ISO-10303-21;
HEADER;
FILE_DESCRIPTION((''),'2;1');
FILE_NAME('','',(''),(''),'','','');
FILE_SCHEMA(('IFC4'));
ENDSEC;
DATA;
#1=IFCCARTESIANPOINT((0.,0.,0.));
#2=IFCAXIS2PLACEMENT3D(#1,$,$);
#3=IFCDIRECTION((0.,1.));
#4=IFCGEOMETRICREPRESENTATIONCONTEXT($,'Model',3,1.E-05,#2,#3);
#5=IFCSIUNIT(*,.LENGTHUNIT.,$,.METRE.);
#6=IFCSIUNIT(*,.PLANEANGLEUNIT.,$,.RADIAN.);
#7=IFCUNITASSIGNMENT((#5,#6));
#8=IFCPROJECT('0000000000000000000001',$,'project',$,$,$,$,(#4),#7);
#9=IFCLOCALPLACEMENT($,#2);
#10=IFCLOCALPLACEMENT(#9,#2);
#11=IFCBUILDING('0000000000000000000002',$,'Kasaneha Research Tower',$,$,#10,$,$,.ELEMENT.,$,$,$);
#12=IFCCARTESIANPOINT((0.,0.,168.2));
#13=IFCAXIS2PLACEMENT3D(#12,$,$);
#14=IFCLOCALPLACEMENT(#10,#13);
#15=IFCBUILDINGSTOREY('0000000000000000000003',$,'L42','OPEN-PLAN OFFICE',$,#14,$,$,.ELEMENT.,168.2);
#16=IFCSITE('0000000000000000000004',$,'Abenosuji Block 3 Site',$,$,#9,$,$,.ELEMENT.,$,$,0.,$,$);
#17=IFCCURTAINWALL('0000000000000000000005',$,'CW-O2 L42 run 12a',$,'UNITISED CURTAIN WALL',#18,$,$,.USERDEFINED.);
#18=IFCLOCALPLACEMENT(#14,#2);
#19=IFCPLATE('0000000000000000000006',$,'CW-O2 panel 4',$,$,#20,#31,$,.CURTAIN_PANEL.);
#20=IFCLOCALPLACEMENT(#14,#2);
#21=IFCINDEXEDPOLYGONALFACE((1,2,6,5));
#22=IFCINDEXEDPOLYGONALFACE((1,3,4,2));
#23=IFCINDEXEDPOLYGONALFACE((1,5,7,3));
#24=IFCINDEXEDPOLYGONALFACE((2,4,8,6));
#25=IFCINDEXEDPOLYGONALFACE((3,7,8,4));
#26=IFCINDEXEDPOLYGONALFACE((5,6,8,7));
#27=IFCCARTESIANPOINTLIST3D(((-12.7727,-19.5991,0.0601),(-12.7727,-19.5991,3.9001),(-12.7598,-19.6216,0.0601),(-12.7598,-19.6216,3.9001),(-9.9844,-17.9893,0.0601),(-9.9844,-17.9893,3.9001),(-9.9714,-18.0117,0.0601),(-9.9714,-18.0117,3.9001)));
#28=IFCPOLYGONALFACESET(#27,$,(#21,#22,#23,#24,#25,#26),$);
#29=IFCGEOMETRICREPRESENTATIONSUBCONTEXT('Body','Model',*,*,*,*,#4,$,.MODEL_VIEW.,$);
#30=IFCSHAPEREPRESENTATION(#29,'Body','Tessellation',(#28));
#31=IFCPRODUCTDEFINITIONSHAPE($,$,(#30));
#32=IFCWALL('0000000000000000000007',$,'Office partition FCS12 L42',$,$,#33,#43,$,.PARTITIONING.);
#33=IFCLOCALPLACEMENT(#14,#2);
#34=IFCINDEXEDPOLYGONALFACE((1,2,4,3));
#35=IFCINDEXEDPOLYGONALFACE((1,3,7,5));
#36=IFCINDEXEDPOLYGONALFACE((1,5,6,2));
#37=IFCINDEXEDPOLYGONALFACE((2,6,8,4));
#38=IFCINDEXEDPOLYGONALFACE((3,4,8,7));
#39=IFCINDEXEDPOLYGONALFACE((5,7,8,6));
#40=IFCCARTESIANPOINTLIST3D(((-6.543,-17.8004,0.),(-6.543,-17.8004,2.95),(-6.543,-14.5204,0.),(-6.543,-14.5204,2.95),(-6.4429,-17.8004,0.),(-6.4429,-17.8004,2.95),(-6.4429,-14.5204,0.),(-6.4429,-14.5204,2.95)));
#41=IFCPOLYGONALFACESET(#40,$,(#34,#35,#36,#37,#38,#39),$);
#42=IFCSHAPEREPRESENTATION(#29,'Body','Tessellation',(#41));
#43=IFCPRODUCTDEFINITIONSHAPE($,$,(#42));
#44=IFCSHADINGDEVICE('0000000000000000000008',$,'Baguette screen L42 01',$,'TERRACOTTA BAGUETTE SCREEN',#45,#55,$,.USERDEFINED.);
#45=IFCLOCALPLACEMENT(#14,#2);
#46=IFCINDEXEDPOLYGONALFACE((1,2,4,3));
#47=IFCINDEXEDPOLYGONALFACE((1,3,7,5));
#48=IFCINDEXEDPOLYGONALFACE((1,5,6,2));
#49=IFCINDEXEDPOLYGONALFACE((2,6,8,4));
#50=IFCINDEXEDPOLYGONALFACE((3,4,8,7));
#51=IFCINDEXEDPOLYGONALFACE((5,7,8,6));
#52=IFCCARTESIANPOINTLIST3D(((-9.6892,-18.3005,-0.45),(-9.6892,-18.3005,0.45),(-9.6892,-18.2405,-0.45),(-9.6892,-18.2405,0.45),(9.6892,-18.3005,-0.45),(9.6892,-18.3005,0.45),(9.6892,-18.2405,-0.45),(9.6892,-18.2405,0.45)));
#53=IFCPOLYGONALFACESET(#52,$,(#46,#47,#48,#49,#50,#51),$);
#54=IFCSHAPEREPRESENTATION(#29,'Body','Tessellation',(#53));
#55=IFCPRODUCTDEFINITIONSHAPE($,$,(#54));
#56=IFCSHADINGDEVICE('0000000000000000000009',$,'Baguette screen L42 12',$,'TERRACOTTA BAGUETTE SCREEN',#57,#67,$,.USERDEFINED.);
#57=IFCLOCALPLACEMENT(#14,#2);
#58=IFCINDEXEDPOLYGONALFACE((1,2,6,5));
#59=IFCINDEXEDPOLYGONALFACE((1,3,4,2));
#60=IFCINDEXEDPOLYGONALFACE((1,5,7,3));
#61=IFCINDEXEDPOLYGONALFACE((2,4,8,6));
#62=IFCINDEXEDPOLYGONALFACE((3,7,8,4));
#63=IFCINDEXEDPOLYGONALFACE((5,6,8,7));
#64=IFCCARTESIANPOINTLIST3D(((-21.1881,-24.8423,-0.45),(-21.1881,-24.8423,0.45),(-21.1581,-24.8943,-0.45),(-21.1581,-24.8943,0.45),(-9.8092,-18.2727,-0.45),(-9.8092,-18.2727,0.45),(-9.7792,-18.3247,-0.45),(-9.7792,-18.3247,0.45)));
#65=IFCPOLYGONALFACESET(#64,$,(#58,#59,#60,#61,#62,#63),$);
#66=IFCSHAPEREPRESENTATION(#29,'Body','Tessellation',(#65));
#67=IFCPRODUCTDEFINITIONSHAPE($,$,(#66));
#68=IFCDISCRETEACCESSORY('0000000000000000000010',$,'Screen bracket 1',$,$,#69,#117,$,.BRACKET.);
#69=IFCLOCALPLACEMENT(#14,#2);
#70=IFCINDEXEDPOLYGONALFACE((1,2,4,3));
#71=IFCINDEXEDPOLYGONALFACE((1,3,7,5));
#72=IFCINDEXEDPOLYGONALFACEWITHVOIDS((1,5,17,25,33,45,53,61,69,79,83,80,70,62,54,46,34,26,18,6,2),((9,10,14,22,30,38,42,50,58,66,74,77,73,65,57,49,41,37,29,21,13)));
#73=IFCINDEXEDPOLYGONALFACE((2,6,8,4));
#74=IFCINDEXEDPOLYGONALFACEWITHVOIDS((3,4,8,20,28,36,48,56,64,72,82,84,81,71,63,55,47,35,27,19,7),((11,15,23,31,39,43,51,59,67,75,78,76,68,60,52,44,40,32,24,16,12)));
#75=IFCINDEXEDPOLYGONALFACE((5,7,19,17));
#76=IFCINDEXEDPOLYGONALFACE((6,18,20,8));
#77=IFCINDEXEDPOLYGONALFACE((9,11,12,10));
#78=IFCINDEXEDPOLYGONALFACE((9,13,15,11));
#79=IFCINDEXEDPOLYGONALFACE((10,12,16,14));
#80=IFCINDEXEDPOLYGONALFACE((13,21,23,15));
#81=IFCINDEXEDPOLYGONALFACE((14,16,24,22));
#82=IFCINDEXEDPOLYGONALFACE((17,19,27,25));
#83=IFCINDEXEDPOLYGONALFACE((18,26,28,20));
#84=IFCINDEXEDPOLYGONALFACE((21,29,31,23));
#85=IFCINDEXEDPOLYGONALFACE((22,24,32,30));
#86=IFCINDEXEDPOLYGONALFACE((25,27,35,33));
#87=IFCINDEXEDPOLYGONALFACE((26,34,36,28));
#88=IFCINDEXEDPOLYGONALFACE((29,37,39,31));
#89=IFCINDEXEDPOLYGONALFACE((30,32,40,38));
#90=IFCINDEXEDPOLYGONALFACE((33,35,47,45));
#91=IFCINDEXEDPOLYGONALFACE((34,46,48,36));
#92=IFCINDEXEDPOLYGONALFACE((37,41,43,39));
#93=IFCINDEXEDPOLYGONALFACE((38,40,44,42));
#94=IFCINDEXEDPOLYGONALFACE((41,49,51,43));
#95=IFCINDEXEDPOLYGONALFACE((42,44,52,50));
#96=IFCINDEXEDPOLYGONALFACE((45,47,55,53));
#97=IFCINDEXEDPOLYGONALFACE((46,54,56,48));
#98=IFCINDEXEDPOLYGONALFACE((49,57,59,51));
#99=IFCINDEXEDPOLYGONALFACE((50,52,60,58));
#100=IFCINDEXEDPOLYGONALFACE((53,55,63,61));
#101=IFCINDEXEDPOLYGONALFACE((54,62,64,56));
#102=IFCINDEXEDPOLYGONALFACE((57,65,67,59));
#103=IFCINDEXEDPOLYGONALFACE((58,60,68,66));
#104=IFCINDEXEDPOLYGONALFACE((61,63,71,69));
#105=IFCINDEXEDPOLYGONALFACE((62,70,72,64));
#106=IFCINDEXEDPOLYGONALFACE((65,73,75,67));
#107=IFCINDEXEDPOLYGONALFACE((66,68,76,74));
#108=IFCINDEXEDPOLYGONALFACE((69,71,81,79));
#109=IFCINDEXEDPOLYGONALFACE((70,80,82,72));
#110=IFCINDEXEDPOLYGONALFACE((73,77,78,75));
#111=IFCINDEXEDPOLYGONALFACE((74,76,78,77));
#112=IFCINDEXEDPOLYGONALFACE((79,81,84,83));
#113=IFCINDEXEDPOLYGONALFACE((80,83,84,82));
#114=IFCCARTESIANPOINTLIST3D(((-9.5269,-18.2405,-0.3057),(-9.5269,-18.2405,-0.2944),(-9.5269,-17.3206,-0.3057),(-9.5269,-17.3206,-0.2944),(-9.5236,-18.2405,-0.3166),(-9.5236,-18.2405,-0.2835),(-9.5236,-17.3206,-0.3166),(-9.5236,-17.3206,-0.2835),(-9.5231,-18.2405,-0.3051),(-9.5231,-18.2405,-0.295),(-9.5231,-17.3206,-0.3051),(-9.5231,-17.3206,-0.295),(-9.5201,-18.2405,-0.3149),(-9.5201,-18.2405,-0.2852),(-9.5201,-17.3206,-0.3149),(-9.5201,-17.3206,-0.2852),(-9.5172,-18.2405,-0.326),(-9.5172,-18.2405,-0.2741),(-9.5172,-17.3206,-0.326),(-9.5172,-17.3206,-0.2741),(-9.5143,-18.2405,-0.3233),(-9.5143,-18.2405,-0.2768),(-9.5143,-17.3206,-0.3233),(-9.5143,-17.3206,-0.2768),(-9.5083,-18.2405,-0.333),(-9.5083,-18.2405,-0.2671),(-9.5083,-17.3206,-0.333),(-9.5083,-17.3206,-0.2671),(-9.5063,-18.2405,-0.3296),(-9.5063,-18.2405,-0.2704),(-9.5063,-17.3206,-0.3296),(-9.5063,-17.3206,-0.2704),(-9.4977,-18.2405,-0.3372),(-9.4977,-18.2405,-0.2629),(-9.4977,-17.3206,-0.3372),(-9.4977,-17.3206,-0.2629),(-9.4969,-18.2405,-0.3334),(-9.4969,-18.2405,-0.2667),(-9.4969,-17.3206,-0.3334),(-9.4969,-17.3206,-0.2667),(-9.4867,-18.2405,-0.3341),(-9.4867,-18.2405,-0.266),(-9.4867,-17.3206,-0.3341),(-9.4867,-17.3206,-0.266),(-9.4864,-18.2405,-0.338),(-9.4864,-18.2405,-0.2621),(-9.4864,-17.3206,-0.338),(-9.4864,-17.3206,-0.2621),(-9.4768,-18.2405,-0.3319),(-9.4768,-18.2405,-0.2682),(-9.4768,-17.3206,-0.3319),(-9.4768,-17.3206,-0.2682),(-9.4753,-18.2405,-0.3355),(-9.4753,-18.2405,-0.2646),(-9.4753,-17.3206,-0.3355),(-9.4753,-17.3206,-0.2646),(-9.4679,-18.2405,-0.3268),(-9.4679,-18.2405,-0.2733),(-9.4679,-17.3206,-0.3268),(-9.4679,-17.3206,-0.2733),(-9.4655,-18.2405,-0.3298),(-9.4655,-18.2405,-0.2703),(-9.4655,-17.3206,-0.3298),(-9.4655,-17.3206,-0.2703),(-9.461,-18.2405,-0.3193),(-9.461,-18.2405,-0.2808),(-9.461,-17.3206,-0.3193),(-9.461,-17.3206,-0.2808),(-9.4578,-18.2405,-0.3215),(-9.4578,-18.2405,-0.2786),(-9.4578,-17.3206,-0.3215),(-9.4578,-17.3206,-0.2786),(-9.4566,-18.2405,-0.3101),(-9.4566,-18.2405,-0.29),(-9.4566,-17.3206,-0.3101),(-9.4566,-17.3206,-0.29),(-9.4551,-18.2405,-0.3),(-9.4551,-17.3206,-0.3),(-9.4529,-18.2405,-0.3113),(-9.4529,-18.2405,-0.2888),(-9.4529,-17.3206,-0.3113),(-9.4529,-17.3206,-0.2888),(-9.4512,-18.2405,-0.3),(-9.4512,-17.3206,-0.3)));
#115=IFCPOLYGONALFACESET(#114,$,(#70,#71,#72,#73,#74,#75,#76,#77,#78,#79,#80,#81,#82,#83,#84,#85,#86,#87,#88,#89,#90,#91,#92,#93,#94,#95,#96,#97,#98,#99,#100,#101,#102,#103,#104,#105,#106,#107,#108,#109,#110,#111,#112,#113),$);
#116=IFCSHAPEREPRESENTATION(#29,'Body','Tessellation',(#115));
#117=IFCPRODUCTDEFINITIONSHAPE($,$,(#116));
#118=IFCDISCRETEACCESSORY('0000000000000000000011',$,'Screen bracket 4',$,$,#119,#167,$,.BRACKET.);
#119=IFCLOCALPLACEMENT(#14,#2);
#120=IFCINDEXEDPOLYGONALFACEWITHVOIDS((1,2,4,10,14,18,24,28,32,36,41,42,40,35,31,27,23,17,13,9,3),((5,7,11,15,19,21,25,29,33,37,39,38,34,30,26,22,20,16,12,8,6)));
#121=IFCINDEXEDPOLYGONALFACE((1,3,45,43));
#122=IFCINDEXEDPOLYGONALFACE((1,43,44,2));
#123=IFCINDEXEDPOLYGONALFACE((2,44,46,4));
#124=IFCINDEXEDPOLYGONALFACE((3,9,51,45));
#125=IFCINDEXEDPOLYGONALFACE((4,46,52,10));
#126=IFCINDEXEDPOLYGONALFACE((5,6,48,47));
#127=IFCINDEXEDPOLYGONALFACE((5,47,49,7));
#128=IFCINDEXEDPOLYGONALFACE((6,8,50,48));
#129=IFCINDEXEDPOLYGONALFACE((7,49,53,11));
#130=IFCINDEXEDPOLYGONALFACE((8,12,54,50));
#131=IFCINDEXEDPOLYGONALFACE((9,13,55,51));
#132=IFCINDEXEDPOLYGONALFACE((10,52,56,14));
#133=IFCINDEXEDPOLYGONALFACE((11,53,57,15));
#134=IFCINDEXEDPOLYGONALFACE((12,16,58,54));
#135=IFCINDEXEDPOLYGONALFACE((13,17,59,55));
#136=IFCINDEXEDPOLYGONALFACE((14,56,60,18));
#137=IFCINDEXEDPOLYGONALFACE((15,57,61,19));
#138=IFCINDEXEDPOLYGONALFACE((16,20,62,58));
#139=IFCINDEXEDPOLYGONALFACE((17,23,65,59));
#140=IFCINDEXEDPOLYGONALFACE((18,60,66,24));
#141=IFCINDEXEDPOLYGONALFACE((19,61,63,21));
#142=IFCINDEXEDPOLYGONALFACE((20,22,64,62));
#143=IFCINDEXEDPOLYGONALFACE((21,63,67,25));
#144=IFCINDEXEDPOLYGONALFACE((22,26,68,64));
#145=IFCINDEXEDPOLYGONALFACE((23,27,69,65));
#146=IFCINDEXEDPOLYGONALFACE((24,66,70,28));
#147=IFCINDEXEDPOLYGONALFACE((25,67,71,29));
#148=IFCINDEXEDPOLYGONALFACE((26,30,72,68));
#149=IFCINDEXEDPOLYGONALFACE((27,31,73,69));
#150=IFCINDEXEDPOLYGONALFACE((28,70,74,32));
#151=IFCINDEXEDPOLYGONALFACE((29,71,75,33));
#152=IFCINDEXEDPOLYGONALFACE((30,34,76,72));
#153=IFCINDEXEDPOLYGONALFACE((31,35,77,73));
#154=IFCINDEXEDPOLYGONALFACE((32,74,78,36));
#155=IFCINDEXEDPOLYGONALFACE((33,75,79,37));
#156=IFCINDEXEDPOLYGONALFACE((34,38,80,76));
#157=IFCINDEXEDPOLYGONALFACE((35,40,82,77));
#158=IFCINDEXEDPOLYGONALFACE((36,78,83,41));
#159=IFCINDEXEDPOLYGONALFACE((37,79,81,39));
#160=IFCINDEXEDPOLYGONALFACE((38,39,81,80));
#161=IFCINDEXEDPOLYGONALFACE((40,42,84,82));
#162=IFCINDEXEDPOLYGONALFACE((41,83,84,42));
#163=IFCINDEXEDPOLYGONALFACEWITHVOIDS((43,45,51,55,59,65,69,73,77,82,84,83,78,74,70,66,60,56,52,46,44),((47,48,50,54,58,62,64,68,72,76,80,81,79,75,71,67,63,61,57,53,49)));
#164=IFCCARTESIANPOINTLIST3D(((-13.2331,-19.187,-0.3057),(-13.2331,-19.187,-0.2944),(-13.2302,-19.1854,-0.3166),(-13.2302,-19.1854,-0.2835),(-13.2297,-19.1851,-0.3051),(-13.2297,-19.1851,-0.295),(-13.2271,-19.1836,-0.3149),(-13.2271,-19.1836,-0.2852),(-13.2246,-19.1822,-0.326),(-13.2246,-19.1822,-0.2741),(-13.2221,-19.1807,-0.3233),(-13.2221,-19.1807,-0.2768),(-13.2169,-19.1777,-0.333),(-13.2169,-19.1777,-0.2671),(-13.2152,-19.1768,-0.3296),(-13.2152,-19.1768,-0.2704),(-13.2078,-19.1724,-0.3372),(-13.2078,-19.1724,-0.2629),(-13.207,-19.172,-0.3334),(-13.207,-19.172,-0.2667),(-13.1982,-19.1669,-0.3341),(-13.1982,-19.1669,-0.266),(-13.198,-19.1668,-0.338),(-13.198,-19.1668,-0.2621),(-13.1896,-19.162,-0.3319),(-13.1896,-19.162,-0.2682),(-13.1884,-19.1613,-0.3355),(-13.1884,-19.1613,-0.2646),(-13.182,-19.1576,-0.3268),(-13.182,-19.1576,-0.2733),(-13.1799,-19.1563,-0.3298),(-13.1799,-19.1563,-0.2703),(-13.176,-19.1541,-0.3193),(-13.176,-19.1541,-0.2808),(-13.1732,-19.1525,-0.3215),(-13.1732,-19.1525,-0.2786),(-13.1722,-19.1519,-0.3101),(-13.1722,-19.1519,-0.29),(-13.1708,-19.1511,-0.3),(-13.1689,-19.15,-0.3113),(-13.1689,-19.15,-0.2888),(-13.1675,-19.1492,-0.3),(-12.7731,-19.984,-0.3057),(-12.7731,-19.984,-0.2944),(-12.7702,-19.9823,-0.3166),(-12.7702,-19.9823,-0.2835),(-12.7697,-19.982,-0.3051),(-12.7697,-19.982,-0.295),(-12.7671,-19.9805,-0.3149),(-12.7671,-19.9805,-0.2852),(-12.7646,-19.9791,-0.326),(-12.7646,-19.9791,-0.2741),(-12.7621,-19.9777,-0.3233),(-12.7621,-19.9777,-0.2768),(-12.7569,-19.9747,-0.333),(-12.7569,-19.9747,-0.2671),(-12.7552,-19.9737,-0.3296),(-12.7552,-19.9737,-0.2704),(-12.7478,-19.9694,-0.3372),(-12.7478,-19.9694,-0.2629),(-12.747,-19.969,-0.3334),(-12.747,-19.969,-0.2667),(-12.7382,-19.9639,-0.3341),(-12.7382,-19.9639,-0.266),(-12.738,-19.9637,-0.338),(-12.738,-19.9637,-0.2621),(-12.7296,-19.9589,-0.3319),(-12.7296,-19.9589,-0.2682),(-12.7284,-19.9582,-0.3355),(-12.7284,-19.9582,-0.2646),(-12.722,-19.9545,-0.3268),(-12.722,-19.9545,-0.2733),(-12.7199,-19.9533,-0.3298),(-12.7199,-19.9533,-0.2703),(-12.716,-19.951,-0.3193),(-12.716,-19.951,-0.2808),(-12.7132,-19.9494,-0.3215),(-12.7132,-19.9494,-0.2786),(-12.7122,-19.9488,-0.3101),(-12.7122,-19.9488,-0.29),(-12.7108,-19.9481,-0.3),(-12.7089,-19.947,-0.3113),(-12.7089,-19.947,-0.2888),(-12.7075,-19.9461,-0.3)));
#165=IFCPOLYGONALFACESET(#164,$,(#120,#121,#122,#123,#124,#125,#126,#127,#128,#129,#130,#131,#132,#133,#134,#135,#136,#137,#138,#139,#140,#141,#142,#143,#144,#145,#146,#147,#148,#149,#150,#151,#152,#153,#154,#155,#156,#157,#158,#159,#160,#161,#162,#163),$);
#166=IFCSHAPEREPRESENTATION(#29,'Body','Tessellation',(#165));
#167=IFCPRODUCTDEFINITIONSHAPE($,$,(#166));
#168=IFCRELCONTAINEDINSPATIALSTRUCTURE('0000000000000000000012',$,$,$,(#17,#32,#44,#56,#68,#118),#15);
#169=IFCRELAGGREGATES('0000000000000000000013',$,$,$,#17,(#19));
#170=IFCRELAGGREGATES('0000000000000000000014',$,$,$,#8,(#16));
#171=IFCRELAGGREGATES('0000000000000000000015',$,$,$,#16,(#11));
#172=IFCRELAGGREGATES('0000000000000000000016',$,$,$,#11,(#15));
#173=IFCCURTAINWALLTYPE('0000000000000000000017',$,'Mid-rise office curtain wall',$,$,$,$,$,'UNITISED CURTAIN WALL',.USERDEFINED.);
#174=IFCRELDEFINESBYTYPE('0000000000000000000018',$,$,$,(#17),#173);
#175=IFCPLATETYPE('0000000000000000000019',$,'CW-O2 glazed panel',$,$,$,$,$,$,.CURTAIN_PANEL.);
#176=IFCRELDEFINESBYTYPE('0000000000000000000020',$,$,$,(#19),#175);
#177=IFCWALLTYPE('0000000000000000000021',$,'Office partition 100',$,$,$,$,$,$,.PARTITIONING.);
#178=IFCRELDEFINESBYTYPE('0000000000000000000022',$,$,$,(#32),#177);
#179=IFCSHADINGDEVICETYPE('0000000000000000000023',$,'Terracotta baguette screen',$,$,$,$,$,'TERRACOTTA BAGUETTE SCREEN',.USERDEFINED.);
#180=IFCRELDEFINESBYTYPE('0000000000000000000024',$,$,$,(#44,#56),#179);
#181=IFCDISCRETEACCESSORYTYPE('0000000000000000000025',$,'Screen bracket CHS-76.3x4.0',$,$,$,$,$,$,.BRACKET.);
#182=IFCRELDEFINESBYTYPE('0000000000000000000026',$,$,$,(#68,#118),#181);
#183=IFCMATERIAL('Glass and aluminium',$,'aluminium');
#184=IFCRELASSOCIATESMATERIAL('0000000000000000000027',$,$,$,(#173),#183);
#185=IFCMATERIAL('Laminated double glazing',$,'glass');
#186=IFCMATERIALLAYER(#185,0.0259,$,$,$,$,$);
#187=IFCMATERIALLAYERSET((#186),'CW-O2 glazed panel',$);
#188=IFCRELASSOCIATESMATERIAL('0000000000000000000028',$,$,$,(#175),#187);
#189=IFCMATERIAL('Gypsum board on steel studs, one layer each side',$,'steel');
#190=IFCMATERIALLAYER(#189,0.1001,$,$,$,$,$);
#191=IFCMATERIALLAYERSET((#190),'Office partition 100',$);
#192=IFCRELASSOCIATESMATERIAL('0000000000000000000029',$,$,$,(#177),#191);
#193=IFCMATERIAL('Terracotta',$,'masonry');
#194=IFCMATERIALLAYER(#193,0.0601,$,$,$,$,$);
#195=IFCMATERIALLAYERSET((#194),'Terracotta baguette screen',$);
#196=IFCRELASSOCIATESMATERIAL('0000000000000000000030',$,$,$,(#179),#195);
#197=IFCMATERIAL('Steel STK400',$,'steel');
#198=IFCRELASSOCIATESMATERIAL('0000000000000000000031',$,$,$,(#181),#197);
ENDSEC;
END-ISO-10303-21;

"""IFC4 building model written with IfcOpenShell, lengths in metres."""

from ifc_helpers import new_model, si_unit, direction, frame, frame_2d, origin, origin_2d, place, context, subcontext, project, spatial, rectangle, hollow_circle, extrude, material, layer, layer_set, material_profile, profile_set, type_object, element, aggregate, save


model = new_model("IFC4")

# Units and contexts
model_context = context("Model", 3, precision=1e-05, world=origin(), true_north=direction((0.0, 1.0)))
body_context = subcontext(model_context, "Body", "Model", "MODEL_VIEW")
ifc_project = project(units=[si_unit("LENGTHUNIT", "METRE"), si_unit("PLANEANGLEUNIT", "RADIAN")], contexts=[model_context])

# Site, building, storey
site_placement = place(None, origin())
site = spatial("IfcSite", under=ifc_project, at=site_placement, Name="Abenosuji Block 3 Site", CompositionType="ELEMENT", RefElevation=0.0)
building_placement = place(site_placement, origin())
building = spatial("IfcBuilding", under=site, at=building_placement, Name="Kasaneha Research Tower", CompositionType="ELEMENT")
storey_placement = place(building_placement, frame((0.0, 0.0, 168.2)))
storey = spatial("IfcBuildingStorey", under=building, at=storey_placement, Name="L42", Description="OPEN-PLAN OFFICE", CompositionType="ELEMENT", Elevation=168.2)

# Curtain wall
ifc_material_1 = material(Name="Glass and aluminium", Category="aluminium")
curtain_wall_type = type_object("IfcCurtainWallType", Name="Mid-rise office curtain wall", ElementType="UNITISED CURTAIN WALL", PredefinedType="USERDEFINED", material=ifc_material_1)
curtain_wall_1_placement = place(storey_placement, origin())
curtain_wall_1 = element("IfcCurtainWall", 1, at=curtain_wall_1_placement, inside=storey, type_object=curtain_wall_type, Name="CW-O2 L42 run 12a", ObjectType="UNITISED CURTAIN WALL", PredefinedType="USERDEFINED")

# Plate
ifc_material_2 = material(Name="Laminated double glazing", Category="glass")
ifc_layer_1 = layer(ifc_material_2, 0.0259)
ifc_layer_set_1 = layer_set([ifc_layer_1], Name="CW-O2 glazed panel")
plate_type = type_object("IfcPlateType", Name="CW-O2 glazed panel", PredefinedType="CURTAIN_PANEL", material=ifc_layer_set_1)
plate_1_placement = place(storey_placement, frame((-11.3721, -18.8054, 0.0601), z_axis=(0.0, 0.0, 1.0), x_axis=(0.866025, 0.5, 0.0)))
plate_1 = element("IfcPlate", 2, at=plate_1_placement, type_object=plate_type, Name="CW-O2 panel 4", PredefinedType="CURTAIN_PANEL", context=body_context, shape_type="SweptSolid", body=[
    extrude(rectangle(XDim=3.2197, YDim=0.0259, at=origin_2d()), origin(), (0.0, 0.0, 1.0), 3.8401),
])
aggregate(curtain_wall_1, [plate_1])

# Wall
ifc_material_3 = material(Name="Gypsum board on steel studs, one layer each side", Category="steel")
ifc_layer_2 = layer(ifc_material_3, 0.1001)
ifc_layer_set_2 = layer_set([ifc_layer_2], Name="Office partition 100")
wall_type = type_object("IfcWallType", Name="Office partition 100", PredefinedType="PARTITIONING", material=ifc_layer_set_2)
wall_placement = place(storey_placement, frame((-6.4929, -17.8005, 0.0), z_axis=(0.0, 0.0, 1.0), x_axis=(0.0, 1.0, 0.0)))
element("IfcWall", 3, at=wall_placement, inside=storey, type_object=wall_type, Name="Office partition FCS12 L42", PredefinedType="PARTITIONING", context=body_context, shape_type="SweptSolid", body=[
    extrude(rectangle(XDim=3.28, YDim=0.1001, at=frame_2d((1.6401, 0.0))), origin(), (0.0, 0.0, 1.0), 2.95),
])

# Shading devices
ifc_material_4 = material(Name="Terracotta", Category="masonry")
ifc_layer_3 = layer(ifc_material_4, 0.0601)
ifc_layer_set_3 = layer_set([ifc_layer_3], Name="Terracotta baguette screen")
shading_device_type = type_object("IfcShadingDeviceType", Name="Terracotta baguette screen", ElementType="TERRACOTTA BAGUETTE SCREEN", PredefinedType="USERDEFINED", material=ifc_layer_set_3)
shading_device_1_placement = place(storey_placement, frame((0.0, -18.2705, -0.45), z_axis=(0.0, 0.0, 1.0), x_axis=(1.0, 0.0, 0.0)))
element("IfcShadingDevice", 4, at=shading_device_1_placement, inside=storey, type_object=shading_device_type, Name="Baguette screen L42 01", ObjectType="TERRACOTTA BAGUETTE SCREEN", PredefinedType="USERDEFINED", context=body_context, shape_type="SweptSolid", body=[
    extrude(rectangle(XDim=19.3784, YDim=0.0601, at=origin_2d()), origin(), (0.0, 0.0, 1.0), 0.8999),
])
shading_device_2_placement = place(storey_placement, frame((-15.4836, -21.5835, -0.45), z_axis=(0.0, 0.0, 1.0), x_axis=(0.866025, 0.5, 0.0)))
element("IfcShadingDevice", 5, at=shading_device_2_placement, inside=storey, type_object=shading_device_type, Name="Baguette screen L42 12", ObjectType="TERRACOTTA BAGUETTE SCREEN", PredefinedType="USERDEFINED", context=body_context, shape_type="SweptSolid", body=[
    extrude(rectangle(XDim=13.1392, YDim=0.0601, at=origin_2d()), origin(), (0.0, 0.0, 1.0), 0.8999),
])

# Discrete accessories
ifc_material_5 = material(Name="Steel STK400", Category="steel")
ifc_material_profile_1 = material_profile(ifc_material_5, hollow_circle(Radius=0.0381, WallThickness=0.0039, at=origin_2d()), Name="CHS-76.3x4.0")
ifc_profile_set_1 = profile_set([ifc_material_profile_1], Name="Steel STK400")
discrete_accessory_type = type_object("IfcDiscreteAccessoryType", Name="Screen bracket CHS-76.3x4.0", PredefinedType="BRACKET", material=ifc_profile_set_1)
discrete_accessory_1_placement = place(storey_placement, frame((-9.4893, -17.3206, -0.3), z_axis=(0.0, -1.0, 0.0), x_axis=(1.0, 0.0, 0.0)))
element("IfcDiscreteAccessory", 6, at=discrete_accessory_1_placement, inside=storey, type_object=discrete_accessory_type, Name="Screen bracket 1", PredefinedType="BRACKET", context=body_context, shape_type="SweptSolid", body=[
    extrude(hollow_circle(Radius=0.0381, WallThickness=0.0039, at=origin_2d()), origin(), (0.0, 0.0, 1.0), 0.9199),
])
discrete_accessory_2_placement = place(storey_placement, frame((-13.2004, -19.1682, -0.3), z_axis=(0.499906, -0.86608, 0.0), x_axis=(0.86608, 0.499906, 0.0)))
element("IfcDiscreteAccessory", 7, at=discrete_accessory_2_placement, inside=storey, type_object=discrete_accessory_type, Name="Screen bracket 4", PredefinedType="BRACKET", context=body_context, shape_type="SweptSolid", body=[
    extrude(hollow_circle(Radius=0.0381, WallThickness=0.0039, at=origin_2d()), origin(), (0.0, 0.0, 1.0), 0.9202),
])

save(model, "model.ifc")
